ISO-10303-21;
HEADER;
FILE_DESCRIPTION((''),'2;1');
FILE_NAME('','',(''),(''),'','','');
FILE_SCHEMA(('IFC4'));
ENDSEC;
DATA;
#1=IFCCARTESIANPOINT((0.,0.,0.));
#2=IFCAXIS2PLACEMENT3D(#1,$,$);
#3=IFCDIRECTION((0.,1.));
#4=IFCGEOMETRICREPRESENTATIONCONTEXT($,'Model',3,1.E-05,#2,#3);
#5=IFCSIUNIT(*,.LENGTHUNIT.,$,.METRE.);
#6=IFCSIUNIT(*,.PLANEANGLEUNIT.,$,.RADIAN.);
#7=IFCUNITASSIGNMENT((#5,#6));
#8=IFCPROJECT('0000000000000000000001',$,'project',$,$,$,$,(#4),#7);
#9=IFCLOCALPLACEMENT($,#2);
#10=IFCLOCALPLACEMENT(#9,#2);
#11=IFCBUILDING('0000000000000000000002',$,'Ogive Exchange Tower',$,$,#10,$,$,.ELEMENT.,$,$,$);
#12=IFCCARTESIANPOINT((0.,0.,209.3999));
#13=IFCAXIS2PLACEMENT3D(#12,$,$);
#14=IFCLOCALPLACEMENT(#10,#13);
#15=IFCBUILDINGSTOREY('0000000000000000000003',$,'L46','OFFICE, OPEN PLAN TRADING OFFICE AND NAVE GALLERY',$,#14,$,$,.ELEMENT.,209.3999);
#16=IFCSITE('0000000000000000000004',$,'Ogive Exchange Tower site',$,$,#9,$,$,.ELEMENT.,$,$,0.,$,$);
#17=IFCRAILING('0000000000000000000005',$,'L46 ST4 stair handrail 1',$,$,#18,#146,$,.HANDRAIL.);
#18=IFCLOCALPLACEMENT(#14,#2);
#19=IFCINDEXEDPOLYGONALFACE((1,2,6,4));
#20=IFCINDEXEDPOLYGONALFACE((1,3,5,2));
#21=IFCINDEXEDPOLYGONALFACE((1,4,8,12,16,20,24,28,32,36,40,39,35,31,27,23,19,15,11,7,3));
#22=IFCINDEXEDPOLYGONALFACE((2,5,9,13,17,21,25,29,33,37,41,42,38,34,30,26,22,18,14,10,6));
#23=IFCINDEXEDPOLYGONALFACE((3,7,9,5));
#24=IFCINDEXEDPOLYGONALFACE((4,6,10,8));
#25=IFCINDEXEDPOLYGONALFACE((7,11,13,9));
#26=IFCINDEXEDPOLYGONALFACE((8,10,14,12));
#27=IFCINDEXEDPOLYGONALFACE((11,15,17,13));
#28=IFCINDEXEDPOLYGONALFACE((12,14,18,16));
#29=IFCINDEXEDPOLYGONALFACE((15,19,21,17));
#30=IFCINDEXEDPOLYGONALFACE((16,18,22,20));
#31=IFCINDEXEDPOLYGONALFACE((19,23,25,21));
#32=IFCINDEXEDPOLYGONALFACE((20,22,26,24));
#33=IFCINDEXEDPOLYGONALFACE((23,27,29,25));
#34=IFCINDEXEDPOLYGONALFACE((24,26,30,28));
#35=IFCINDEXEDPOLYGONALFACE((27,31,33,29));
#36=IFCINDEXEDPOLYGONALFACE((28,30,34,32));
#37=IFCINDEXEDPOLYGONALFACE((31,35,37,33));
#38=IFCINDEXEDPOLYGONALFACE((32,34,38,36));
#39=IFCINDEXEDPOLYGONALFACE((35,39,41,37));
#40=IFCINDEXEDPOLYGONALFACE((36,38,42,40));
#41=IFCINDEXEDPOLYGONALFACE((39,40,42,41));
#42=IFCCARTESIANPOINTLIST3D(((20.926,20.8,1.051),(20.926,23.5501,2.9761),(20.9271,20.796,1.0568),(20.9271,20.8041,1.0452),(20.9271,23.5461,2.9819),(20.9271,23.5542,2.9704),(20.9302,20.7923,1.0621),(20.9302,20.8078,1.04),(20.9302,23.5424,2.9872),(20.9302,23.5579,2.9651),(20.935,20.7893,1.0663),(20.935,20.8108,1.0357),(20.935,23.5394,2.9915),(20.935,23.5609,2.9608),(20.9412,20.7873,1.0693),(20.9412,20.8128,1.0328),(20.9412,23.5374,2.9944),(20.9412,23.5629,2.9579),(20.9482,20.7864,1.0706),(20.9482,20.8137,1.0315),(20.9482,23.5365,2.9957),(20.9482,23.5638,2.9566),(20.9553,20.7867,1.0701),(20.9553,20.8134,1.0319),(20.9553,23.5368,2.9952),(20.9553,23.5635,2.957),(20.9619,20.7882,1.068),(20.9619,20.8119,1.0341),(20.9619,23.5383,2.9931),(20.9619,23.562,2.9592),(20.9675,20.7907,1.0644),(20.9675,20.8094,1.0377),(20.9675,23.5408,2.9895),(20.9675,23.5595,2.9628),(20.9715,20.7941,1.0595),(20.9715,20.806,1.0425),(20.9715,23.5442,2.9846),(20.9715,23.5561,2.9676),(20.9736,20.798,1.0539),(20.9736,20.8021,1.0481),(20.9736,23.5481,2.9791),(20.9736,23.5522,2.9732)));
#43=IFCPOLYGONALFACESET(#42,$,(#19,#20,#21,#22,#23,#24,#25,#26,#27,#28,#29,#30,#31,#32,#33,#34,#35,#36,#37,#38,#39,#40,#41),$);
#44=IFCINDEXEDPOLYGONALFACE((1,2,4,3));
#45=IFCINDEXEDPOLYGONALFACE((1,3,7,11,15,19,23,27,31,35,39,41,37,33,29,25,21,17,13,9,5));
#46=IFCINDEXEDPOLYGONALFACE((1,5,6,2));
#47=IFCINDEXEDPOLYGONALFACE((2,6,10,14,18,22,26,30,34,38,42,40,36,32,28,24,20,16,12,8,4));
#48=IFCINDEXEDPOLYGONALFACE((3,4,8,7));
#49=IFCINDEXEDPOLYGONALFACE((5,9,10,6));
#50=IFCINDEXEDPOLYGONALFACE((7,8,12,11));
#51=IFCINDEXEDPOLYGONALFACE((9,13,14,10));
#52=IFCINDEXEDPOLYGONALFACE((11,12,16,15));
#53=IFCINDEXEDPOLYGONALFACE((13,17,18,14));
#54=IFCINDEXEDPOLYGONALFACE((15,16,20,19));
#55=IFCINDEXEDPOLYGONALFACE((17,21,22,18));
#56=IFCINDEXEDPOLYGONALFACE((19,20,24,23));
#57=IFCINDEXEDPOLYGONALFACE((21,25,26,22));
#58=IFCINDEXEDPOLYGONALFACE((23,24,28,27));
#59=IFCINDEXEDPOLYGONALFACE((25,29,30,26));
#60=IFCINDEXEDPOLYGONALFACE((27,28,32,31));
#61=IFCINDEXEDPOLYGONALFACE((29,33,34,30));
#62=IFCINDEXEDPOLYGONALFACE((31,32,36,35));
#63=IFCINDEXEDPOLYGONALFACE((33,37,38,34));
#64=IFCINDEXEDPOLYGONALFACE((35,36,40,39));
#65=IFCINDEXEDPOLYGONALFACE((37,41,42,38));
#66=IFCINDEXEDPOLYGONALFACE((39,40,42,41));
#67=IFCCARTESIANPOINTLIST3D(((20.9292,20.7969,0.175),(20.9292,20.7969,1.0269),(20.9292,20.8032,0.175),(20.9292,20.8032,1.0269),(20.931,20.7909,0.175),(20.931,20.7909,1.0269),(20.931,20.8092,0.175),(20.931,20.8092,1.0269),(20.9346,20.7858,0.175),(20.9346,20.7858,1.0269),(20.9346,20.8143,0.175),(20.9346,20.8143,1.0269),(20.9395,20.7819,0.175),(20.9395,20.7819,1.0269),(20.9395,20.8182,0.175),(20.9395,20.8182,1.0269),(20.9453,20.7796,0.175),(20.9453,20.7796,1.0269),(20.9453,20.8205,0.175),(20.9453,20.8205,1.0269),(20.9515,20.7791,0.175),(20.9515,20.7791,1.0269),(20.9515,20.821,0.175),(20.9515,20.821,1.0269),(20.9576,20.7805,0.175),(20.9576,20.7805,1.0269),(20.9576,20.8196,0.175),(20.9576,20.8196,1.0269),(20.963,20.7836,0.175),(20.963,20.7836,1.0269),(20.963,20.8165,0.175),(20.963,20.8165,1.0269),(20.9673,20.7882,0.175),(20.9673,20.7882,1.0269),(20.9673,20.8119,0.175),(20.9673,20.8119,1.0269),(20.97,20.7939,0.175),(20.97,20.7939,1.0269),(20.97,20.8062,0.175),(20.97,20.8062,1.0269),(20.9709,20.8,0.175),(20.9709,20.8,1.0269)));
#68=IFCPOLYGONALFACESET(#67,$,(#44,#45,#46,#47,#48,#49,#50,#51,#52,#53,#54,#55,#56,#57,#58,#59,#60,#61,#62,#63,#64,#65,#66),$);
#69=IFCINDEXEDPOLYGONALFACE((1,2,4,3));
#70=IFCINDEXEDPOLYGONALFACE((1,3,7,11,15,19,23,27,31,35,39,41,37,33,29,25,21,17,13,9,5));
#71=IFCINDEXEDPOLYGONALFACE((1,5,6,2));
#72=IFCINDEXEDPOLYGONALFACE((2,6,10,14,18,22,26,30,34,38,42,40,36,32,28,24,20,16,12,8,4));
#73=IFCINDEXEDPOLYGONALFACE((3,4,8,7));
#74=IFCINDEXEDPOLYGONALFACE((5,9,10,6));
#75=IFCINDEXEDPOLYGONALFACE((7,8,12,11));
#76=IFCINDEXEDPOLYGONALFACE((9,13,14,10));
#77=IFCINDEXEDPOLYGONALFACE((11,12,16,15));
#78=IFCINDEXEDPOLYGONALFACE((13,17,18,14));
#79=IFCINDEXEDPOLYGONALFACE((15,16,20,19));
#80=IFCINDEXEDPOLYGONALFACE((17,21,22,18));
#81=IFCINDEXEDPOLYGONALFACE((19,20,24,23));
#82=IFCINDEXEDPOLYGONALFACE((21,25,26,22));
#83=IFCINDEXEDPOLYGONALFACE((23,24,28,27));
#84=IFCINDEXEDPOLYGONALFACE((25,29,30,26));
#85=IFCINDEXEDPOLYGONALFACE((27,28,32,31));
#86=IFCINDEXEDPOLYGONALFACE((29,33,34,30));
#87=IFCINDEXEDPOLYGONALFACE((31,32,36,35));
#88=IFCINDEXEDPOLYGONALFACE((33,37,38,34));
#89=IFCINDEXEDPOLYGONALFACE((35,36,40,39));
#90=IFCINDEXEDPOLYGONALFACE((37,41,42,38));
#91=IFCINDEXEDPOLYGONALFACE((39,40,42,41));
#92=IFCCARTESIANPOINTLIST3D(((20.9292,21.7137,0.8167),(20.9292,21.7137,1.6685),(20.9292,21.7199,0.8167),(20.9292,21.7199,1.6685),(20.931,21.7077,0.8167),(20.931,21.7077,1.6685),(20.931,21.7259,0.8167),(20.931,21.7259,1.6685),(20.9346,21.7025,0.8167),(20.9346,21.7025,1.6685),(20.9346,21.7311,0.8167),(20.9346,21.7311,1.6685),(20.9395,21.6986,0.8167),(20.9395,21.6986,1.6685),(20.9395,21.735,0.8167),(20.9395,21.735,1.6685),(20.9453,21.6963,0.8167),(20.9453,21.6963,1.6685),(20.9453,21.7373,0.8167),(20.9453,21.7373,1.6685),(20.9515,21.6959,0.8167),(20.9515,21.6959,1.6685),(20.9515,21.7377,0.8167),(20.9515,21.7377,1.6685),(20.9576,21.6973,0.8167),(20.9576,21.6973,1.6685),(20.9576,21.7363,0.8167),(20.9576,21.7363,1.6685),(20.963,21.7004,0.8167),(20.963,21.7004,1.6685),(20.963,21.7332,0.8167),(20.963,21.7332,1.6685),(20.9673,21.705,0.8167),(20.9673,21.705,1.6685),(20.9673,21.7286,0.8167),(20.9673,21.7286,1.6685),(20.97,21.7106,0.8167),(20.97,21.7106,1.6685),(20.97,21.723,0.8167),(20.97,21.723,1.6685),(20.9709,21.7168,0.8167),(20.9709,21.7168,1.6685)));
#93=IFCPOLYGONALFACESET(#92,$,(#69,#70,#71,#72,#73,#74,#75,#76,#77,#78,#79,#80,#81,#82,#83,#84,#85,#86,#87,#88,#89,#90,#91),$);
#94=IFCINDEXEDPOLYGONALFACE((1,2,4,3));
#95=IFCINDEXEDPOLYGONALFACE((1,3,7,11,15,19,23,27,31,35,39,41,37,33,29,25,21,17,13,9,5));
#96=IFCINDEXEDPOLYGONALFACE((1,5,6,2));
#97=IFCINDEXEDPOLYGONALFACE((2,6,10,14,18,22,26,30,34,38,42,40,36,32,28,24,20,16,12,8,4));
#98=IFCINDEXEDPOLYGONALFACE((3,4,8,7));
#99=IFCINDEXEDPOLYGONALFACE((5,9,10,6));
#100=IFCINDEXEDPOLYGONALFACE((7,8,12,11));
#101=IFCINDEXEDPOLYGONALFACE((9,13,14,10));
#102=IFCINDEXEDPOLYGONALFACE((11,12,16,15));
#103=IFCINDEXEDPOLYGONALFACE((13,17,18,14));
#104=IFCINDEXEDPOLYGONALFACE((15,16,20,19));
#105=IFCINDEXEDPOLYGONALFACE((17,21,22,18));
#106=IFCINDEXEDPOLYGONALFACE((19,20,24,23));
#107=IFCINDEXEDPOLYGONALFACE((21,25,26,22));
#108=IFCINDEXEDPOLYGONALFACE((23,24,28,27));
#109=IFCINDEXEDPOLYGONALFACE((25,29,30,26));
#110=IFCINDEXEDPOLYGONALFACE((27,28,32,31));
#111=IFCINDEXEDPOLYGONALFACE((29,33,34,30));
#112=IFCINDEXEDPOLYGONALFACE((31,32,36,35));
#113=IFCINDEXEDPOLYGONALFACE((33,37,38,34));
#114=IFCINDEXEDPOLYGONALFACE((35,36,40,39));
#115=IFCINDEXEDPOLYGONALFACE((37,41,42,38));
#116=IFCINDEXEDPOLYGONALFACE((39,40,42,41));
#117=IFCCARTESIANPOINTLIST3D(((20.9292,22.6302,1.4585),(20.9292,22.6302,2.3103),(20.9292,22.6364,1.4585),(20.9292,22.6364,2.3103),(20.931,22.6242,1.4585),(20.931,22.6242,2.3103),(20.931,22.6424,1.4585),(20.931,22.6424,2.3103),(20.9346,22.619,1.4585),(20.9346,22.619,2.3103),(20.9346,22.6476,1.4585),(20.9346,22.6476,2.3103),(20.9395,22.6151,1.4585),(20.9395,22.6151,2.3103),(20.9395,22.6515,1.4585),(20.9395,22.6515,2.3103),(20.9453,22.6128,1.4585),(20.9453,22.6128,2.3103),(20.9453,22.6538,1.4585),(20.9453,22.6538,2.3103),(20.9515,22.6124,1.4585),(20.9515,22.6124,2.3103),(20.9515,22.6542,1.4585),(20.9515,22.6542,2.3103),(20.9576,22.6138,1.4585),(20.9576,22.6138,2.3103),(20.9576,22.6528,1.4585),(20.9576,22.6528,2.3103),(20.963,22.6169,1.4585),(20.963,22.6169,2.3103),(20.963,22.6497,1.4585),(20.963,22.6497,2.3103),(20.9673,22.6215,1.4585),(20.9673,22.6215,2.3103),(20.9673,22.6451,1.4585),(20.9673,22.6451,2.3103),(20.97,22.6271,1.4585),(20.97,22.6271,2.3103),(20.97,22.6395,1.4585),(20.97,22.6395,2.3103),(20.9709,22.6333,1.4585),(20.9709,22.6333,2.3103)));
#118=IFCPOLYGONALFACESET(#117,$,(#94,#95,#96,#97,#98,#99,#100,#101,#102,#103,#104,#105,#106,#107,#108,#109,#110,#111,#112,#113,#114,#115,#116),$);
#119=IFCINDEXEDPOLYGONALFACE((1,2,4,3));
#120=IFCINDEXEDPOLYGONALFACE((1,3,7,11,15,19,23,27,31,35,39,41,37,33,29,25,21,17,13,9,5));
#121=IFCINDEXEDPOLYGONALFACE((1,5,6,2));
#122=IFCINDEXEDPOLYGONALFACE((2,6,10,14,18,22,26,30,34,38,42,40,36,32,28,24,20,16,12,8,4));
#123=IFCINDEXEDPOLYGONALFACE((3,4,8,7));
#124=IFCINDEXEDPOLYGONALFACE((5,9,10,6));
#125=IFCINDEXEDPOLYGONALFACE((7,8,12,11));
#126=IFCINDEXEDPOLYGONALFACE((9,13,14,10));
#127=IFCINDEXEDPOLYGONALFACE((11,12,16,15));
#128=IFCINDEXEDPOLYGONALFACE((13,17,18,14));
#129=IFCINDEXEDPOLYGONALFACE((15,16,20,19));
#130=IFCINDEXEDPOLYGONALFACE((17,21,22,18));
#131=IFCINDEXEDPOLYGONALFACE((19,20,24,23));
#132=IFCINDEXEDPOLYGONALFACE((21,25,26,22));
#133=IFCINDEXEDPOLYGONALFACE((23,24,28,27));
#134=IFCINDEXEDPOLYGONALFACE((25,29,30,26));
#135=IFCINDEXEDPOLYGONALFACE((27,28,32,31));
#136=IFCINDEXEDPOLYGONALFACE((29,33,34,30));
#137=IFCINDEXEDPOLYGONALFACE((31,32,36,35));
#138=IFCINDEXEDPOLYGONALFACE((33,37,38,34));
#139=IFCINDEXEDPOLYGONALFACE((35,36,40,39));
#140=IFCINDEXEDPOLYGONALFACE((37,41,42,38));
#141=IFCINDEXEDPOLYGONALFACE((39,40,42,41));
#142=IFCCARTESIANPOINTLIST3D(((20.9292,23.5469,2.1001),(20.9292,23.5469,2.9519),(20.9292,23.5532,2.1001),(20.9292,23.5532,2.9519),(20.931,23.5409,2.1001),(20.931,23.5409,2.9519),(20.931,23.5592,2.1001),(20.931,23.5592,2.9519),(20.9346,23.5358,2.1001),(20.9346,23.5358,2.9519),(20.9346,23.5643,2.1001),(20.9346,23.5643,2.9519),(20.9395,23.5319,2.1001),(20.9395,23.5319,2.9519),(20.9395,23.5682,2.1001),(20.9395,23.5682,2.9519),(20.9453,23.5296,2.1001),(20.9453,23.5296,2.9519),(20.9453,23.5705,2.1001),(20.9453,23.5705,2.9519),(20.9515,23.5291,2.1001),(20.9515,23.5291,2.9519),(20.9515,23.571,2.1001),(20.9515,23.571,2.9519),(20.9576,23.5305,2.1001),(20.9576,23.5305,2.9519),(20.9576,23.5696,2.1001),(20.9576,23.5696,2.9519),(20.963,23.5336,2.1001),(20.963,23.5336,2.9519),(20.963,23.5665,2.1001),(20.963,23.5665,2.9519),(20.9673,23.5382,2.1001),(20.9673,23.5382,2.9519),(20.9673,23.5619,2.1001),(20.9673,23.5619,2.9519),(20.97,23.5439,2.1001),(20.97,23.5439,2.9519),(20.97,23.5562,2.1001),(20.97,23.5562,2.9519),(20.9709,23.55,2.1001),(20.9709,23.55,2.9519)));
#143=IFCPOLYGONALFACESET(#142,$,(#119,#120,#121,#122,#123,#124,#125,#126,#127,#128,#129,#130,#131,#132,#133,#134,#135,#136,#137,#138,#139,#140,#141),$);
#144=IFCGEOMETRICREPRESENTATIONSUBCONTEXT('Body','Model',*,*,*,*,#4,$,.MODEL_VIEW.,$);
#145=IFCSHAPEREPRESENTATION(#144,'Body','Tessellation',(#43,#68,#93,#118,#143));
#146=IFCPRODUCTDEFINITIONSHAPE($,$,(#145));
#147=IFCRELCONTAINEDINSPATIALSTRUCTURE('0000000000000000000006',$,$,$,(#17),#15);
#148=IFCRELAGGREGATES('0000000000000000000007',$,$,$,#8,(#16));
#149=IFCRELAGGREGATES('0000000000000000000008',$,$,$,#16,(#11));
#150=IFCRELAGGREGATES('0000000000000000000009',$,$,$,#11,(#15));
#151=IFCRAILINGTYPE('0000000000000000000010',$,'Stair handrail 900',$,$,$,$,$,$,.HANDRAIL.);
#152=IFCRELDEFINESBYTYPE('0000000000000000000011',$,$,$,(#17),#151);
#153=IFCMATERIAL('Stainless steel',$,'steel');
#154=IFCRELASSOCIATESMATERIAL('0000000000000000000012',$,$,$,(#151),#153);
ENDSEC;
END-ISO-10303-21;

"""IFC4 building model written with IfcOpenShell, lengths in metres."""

from ifc_helpers import new_model, si_unit, direction, frame, origin, origin_2d, place, context, subcontext, project, spatial, circle, extrude, material, type_object, element, save


model = new_model("IFC4")

# Units and contexts
model_context = context("Model", 3, precision=1e-05, world=origin(), true_north=direction((0.0, 1.0)))
body_context = subcontext(model_context, "Body", "Model", "MODEL_VIEW")
ifc_project = project(units=[si_unit("LENGTHUNIT", "METRE"), si_unit("PLANEANGLEUNIT", "RADIAN")], contexts=[model_context])

# Site, building, storey
site_placement = place(None, origin())
site = spatial("IfcSite", under=ifc_project, at=site_placement, Name="Ogive Exchange Tower site", CompositionType="ELEMENT", RefElevation=0.0)
building_placement = place(site_placement, origin())
building = spatial("IfcBuilding", under=site, at=building_placement, Name="Ogive Exchange Tower", CompositionType="ELEMENT")
storey_placement = place(building_placement, frame((0.0, 0.0, 209.3999)))
storey = spatial("IfcBuildingStorey", under=building, at=storey_placement, Name="L46", Description="OFFICE, OPEN PLAN TRADING OFFICE AND NAVE GALLERY", CompositionType="ELEMENT", Elevation=209.3999)

# Railing
ifc_material_1 = material(Name="Stainless steel", Category="steel")
railing_type = type_object("IfcRailingType", Name="Stair handrail 900", PredefinedType="HANDRAIL", material=ifc_material_1)
railing_1_placement = place(storey_placement, frame((20.95, 20.8, 0.175)))
element("IfcRailing", 1, at=railing_1_placement, inside=storey, type_object=railing_type, Name="L46 ST4 stair handrail 1", PredefinedType="HANDRAIL", context=body_context, shape_type="SweptSolid", body=[
    extrude(circle(Radius=0.0239, at=origin_2d()), frame((0.0, 0.0, 0.876), z_axis=(0.0, 0.819225, 0.573472), x_axis=(-1.0, 0.0, 0.0)), (0.0, 0.0, 1.0), 3.3569),
    extrude(circle(Radius=0.021, at=origin_2d()), origin(), (0.0, 0.0, 1.0), 0.8518),
    extrude(circle(Radius=0.021, at=origin_2d()), frame((0.0, 0.9167, 0.6416)), (0.0, 0.0, 1.0), 0.8518),
    extrude(circle(Radius=0.021, at=origin_2d()), frame((0.0, 1.8333, 1.2834)), (0.0, 0.0, 1.0), 0.8518),
    extrude(circle(Radius=0.021, at=origin_2d()), frame((0.0, 2.75, 1.925)), (0.0, 0.0, 1.0), 0.8518),
])

save(model, "model.ifc")
